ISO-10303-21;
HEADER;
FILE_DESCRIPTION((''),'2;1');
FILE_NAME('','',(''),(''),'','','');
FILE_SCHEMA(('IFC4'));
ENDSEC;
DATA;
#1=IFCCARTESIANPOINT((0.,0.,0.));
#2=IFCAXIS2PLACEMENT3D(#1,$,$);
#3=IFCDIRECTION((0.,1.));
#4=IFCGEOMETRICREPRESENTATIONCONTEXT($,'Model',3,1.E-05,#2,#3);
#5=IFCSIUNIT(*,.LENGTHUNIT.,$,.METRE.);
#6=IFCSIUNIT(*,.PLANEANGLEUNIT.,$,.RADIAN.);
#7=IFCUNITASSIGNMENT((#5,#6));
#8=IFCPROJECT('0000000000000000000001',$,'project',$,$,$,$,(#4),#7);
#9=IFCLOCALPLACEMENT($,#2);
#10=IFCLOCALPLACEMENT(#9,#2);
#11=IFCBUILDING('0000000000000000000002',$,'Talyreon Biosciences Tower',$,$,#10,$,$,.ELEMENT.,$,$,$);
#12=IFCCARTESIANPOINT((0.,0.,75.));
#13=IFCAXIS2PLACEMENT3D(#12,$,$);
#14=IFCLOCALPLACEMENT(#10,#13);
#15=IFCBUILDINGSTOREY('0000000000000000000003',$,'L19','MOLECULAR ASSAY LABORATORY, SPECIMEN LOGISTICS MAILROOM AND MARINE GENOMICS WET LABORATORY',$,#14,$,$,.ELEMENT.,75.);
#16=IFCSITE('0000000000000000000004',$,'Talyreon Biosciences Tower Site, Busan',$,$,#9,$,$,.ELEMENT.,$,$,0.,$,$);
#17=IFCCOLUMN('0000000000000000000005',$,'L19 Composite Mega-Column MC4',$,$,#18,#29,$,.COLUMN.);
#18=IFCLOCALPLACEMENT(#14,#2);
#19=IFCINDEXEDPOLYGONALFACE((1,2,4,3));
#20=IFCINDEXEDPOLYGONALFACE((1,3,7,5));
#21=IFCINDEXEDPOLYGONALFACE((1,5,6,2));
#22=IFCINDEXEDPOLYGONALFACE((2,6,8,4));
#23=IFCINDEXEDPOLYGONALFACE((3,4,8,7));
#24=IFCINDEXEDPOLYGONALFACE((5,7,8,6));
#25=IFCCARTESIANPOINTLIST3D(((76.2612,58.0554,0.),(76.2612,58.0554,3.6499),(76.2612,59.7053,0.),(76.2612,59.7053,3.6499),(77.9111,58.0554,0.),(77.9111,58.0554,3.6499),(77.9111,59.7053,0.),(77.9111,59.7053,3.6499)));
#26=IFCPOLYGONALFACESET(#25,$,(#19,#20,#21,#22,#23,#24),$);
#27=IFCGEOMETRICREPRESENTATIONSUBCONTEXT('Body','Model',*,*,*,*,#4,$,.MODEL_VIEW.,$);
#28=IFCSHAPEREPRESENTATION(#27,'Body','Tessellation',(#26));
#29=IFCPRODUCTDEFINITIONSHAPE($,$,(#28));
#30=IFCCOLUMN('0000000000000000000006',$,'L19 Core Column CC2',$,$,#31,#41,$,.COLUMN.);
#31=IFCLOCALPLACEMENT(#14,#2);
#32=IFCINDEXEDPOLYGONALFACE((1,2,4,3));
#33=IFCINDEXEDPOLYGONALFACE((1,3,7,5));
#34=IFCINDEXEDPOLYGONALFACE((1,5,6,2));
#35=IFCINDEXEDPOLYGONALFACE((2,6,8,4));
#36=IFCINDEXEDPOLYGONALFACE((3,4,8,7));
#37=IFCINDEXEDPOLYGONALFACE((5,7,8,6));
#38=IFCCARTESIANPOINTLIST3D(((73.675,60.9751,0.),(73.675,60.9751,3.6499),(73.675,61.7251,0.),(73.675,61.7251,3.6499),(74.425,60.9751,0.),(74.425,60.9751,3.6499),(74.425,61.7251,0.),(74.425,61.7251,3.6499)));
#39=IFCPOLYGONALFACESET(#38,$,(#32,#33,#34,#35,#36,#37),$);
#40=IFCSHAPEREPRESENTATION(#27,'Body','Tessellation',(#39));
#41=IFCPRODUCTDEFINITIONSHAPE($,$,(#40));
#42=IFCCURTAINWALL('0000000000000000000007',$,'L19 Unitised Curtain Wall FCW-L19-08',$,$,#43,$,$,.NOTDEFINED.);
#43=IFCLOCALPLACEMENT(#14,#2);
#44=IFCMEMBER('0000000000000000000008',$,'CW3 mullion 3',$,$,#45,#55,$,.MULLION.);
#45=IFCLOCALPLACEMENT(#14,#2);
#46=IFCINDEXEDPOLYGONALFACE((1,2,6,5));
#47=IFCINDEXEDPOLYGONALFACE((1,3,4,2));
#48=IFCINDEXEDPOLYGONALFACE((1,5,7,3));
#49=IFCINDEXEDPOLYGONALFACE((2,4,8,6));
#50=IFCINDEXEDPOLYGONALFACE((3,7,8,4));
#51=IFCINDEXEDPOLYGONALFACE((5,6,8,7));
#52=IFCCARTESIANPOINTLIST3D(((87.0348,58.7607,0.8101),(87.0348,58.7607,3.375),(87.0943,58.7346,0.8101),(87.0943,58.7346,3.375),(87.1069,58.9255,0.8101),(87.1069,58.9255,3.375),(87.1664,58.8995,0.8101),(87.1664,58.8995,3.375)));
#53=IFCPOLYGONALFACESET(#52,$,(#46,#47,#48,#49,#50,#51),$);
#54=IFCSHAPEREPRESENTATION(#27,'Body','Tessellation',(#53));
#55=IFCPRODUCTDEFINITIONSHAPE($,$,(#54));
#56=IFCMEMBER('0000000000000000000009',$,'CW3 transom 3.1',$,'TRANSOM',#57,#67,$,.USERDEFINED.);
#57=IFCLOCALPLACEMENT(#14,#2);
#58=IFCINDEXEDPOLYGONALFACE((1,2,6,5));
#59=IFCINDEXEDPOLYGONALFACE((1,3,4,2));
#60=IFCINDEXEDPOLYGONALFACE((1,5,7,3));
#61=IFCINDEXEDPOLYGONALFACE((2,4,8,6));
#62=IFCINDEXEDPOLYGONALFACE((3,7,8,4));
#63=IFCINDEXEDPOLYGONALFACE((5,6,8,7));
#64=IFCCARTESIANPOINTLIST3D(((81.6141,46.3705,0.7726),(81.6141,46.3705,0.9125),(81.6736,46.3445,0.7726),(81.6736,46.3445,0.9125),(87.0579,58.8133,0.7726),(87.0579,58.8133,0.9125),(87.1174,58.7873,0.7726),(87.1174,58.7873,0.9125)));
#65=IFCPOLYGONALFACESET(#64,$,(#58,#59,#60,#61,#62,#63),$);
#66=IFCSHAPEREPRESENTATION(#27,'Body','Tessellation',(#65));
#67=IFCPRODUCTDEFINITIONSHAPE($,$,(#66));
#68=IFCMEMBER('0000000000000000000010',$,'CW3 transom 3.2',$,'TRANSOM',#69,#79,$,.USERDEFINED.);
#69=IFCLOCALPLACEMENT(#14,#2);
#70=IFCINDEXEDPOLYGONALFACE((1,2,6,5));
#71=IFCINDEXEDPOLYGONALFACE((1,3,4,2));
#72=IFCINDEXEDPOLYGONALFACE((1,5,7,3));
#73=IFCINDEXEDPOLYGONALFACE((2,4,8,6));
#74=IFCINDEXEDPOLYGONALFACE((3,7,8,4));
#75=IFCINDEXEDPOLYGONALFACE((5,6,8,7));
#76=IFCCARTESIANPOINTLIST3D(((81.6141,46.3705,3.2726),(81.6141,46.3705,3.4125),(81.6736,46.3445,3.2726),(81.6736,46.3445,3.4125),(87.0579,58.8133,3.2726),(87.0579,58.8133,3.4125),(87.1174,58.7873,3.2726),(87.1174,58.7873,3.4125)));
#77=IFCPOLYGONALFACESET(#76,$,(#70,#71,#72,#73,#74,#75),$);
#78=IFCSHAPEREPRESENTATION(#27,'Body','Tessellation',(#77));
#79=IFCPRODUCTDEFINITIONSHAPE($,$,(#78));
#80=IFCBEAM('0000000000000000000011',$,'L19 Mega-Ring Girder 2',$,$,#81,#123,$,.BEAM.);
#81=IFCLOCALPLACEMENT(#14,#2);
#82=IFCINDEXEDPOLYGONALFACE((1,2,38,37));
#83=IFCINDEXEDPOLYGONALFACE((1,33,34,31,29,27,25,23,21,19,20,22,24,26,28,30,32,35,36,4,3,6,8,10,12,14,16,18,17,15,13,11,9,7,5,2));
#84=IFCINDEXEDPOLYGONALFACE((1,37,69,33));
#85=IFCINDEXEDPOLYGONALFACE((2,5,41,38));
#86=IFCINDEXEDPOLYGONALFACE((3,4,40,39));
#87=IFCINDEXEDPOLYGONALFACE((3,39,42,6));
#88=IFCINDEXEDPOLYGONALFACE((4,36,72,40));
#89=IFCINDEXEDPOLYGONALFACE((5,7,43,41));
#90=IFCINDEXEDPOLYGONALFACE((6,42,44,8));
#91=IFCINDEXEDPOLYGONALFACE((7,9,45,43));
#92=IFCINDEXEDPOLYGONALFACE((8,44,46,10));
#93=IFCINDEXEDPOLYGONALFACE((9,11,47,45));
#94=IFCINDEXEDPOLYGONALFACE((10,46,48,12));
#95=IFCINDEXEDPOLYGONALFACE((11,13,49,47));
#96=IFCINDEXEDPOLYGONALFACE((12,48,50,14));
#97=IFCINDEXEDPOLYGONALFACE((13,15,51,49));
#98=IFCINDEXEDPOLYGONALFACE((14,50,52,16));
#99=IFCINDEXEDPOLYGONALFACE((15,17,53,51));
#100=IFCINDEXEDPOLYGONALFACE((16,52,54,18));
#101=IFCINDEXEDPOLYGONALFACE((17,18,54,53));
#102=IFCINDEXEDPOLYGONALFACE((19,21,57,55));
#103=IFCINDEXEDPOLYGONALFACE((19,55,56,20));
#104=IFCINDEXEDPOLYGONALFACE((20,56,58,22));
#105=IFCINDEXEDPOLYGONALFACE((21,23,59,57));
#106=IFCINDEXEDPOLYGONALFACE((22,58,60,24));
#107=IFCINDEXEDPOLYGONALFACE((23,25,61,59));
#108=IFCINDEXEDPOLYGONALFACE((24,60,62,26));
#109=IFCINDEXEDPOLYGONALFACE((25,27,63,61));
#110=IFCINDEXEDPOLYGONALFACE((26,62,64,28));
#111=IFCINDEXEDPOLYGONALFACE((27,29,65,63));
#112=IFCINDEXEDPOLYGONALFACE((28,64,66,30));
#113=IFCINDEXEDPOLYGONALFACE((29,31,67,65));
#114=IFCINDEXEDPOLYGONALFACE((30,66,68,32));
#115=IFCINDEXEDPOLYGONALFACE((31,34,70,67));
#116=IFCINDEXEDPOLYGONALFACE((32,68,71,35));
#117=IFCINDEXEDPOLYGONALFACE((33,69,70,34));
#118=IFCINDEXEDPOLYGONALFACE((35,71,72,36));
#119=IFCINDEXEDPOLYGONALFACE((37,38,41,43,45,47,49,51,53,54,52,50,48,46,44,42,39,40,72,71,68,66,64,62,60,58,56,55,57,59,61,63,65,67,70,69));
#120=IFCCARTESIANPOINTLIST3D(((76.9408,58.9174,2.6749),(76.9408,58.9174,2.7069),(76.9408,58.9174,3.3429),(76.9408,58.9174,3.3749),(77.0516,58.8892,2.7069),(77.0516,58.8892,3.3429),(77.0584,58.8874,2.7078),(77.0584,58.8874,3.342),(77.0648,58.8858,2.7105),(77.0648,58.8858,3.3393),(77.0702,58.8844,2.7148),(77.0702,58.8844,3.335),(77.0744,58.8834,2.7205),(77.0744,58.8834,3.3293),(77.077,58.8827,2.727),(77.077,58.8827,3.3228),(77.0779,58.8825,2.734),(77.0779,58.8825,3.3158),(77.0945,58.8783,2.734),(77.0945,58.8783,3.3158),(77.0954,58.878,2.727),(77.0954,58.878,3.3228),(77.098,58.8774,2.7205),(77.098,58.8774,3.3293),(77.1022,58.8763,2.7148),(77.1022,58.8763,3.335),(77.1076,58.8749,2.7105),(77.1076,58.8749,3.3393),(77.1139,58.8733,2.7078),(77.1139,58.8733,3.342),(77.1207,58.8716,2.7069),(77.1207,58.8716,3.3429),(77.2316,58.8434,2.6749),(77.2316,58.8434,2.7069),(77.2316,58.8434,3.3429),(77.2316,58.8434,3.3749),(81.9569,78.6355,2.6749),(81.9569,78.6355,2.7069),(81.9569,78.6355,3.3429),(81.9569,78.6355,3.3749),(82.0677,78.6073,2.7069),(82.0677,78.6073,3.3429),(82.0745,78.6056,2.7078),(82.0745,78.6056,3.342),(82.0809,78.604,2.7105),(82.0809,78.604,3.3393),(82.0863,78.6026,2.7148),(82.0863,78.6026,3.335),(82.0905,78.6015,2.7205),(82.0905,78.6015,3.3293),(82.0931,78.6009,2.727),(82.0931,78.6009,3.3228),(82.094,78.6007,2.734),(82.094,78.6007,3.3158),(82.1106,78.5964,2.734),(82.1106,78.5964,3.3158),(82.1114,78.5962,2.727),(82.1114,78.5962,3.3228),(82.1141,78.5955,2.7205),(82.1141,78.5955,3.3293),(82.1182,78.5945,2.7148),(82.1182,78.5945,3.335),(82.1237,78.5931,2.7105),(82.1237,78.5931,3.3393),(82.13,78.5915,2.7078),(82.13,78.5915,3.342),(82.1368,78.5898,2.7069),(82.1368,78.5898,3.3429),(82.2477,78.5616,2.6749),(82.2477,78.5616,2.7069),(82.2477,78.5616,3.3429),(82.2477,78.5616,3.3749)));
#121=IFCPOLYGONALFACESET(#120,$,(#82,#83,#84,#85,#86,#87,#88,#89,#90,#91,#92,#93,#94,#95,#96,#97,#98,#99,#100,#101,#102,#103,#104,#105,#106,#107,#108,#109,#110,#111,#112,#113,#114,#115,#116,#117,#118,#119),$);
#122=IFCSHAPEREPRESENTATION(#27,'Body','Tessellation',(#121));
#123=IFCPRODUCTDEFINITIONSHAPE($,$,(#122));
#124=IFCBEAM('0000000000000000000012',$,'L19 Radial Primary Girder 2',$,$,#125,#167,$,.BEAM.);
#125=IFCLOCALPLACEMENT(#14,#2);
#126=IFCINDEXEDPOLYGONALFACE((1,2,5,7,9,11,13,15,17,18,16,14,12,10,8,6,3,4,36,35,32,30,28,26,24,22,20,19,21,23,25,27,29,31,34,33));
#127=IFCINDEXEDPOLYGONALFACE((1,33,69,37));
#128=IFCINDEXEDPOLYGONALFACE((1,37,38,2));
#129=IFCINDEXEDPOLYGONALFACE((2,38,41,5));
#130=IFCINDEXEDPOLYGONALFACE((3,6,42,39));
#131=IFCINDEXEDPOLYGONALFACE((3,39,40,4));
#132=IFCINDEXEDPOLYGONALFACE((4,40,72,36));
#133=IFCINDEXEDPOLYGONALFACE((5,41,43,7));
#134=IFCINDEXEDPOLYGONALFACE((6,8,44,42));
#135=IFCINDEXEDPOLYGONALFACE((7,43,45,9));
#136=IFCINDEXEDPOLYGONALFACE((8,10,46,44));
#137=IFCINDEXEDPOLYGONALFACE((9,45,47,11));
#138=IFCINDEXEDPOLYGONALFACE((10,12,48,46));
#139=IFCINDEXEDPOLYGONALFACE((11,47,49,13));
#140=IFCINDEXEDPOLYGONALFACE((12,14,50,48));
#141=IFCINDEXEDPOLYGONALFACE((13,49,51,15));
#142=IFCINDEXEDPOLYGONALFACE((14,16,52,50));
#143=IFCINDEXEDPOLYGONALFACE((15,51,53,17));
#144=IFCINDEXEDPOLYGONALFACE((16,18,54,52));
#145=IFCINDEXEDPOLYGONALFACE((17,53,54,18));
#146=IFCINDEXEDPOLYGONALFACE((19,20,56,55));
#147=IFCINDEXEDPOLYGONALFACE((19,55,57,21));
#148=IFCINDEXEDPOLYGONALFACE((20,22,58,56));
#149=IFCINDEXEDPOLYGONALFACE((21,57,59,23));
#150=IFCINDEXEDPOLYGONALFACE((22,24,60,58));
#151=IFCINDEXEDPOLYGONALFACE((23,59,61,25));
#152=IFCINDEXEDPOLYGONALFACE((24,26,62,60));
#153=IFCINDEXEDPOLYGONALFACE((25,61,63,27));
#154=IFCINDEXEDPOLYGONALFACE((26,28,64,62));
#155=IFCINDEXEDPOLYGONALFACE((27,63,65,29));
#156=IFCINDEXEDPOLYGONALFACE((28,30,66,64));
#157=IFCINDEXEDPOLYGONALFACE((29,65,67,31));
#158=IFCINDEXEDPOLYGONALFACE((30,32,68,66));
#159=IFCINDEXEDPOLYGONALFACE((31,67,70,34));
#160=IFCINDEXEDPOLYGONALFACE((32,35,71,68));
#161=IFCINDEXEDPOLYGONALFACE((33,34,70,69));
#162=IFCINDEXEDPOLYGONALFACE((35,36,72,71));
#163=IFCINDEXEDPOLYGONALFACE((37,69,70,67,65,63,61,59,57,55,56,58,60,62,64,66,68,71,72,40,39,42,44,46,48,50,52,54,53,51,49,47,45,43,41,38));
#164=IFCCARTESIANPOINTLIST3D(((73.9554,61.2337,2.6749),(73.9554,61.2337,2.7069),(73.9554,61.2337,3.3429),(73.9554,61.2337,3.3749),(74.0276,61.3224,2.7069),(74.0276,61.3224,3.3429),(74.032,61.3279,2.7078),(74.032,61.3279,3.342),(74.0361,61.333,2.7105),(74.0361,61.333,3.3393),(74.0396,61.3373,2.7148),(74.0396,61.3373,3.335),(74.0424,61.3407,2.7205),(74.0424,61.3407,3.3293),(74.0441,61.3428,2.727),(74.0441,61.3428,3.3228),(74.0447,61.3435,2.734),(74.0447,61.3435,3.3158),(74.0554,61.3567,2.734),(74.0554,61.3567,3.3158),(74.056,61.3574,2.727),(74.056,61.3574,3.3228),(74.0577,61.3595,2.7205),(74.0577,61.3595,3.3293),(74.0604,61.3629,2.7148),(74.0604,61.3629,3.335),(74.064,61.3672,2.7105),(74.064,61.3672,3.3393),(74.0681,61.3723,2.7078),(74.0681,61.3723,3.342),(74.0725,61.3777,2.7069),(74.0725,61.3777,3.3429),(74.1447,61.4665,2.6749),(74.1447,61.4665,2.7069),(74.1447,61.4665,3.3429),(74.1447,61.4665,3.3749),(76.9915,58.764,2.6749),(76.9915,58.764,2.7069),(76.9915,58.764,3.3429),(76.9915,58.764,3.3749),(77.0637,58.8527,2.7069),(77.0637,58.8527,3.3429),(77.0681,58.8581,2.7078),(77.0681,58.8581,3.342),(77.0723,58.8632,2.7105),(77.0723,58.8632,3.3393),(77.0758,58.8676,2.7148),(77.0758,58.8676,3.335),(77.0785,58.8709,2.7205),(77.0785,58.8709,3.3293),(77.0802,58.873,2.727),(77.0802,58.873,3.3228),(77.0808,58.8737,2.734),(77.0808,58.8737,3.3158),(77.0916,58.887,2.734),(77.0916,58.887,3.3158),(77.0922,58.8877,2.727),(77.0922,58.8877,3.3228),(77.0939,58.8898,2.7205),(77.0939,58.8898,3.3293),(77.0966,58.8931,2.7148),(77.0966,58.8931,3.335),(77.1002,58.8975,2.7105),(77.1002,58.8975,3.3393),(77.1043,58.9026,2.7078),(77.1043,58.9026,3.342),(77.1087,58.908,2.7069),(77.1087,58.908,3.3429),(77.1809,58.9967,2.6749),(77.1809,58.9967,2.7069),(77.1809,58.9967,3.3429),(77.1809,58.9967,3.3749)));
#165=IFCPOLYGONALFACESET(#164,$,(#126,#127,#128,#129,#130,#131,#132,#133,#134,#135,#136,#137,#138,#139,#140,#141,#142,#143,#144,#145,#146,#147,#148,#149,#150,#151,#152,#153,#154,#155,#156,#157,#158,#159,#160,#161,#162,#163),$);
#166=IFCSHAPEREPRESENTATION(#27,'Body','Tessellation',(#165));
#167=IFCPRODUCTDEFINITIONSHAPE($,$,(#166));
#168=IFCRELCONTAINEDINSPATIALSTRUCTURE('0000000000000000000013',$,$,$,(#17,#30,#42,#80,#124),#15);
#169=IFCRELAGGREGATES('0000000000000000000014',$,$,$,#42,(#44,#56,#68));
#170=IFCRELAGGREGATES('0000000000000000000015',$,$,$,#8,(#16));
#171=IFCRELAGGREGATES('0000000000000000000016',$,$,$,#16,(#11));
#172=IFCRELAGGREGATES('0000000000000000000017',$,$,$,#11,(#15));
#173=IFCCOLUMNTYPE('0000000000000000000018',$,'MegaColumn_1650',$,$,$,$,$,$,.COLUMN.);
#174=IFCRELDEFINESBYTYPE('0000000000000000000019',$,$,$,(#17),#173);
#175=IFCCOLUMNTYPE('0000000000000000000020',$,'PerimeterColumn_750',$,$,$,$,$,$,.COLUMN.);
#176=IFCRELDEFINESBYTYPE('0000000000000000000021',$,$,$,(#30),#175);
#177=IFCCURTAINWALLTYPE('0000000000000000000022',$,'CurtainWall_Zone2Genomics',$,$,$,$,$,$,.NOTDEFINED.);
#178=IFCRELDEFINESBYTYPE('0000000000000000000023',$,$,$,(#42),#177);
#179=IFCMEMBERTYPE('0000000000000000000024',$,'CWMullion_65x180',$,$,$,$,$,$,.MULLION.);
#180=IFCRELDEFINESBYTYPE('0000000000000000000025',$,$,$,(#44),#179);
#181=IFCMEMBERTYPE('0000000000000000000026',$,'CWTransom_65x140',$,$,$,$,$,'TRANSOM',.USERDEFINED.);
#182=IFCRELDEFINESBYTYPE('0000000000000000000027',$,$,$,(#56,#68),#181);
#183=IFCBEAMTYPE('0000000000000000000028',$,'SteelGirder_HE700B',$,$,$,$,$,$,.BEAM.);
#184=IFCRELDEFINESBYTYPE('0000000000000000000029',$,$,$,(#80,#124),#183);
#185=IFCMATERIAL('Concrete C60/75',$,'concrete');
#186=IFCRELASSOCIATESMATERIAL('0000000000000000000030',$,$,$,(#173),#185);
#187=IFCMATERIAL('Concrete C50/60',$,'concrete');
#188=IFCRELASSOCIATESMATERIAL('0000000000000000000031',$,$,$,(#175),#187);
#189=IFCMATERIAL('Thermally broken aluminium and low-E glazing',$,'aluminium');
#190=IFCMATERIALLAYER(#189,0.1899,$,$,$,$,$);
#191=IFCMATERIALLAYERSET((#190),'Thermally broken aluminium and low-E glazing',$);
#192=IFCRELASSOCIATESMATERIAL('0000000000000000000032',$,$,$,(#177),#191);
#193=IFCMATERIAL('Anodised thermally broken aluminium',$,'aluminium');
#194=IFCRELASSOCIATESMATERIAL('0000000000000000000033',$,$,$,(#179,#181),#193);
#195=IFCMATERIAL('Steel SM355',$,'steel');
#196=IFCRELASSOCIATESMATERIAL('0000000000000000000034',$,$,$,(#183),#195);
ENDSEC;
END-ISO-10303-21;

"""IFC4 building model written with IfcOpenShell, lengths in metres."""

from ifc_helpers import new_model, si_unit, direction, frame, origin, origin_2d, place, context, subcontext, project, spatial, rectangle, i_section, extrude, material, layer, layer_set, material_profile, profile_set, type_object, element, aggregate, save


model = new_model("IFC4")

# Units and contexts
model_context = context("Model", 3, precision=1e-05, world=origin(), true_north=direction((0.0, 1.0)))
body_context = subcontext(model_context, "Body", "Model", "MODEL_VIEW")
ifc_project = project(units=[si_unit("LENGTHUNIT", "METRE"), si_unit("PLANEANGLEUNIT", "RADIAN")], contexts=[model_context])

# Site, building, storey
site_placement = place(None, origin())
site = spatial("IfcSite", under=ifc_project, at=site_placement, Name="Talyreon Biosciences Tower Site, Busan", CompositionType="ELEMENT", RefElevation=0.0)
building_placement = place(site_placement, origin())
building = spatial("IfcBuilding", under=site, at=building_placement, Name="Talyreon Biosciences Tower", CompositionType="ELEMENT")
storey_placement = place(building_placement, frame((0.0, 0.0, 75.0)))
storey = spatial("IfcBuildingStorey", under=building, at=storey_placement, Name="L19", Description="MOLECULAR ASSAY LABORATORY, SPECIMEN LOGISTICS MAILROOM AND MARINE GENOMICS WET LABORATORY", CompositionType="ELEMENT", Elevation=75.0)

# Columns
ifc_material_1 = material(Name="Concrete C60/75", Category="concrete")
ifc_material_profile_1 = material_profile(ifc_material_1, rectangle(XDim=1.6499, YDim=1.6499, at=origin_2d()), Name="RC 1650x1650")
ifc_profile_set_1 = profile_set([ifc_material_profile_1], Name="Concrete C60/75")
column_type_1 = type_object("IfcColumnType", Name="MegaColumn_1650", PredefinedType="COLUMN", material=ifc_profile_set_1)
column_1_placement = place(storey_placement, frame((77.0862, 58.8804, 0.0), z_axis=(0.0, 0.0, 1.0), x_axis=(1.0, 0.0, 0.0)))
element("IfcColumn", 1, at=column_1_placement, inside=storey, type_object=column_type_1, Name="L19 Composite Mega-Column MC4", PredefinedType="COLUMN", context=body_context, shape_type="SweptSolid", body=[
    extrude(rectangle(XDim=1.6499, YDim=1.6499, at=origin_2d()), origin(), (0.0, 0.0, 1.0), 3.6499),
])
ifc_material_2 = material(Name="Concrete C50/60", Category="concrete")
ifc_material_profile_2 = material_profile(ifc_material_2, rectangle(XDim=0.75, YDim=0.75, at=origin_2d()), Name="RC 750x750")
ifc_profile_set_2 = profile_set([ifc_material_profile_2], Name="Concrete C50/60")
column_type_2 = type_object("IfcColumnType", Name="PerimeterColumn_750", PredefinedType="COLUMN", material=ifc_profile_set_2)
column_2_placement = place(storey_placement, frame((74.05, 61.3501, 0.0), z_axis=(0.0, 0.0, 1.0), x_axis=(1.0, 0.0, 0.0)))
element("IfcColumn", 2, at=column_2_placement, inside=storey, type_object=column_type_2, Name="L19 Core Column CC2", PredefinedType="COLUMN", context=body_context, shape_type="SweptSolid", body=[
    extrude(rectangle(XDim=0.75, YDim=0.75, at=origin_2d()), origin(), (0.0, 0.0, 1.0), 3.6499),
])

# Curtain wall, members
ifc_material_3 = material(Name="Thermally broken aluminium and low-E glazing", Category="aluminium")
ifc_layer_1 = layer(ifc_material_3, 0.1899)
ifc_layer_set_1 = layer_set([ifc_layer_1], Name="Thermally broken aluminium and low-E glazing")
curtain_wall_type = type_object("IfcCurtainWallType", Name="CurtainWall_Zone2Genomics", PredefinedType="NOTDEFINED", material=ifc_layer_set_1)
curtain_wall_placement = place(storey_placement, origin())
curtain_wall = element("IfcCurtainWall", 3, at=curtain_wall_placement, inside=storey, type_object=curtain_wall_type, Name="L19 Unitised Curtain Wall FCW-L19-08", PredefinedType="NOTDEFINED")
ifc_material_4 = material(Name="Anodised thermally broken aluminium", Category="aluminium")
ifc_material_profile_3 = material_profile(ifc_material_4, rectangle(XDim=0.0649, YDim=0.1799, at=origin_2d()), Name="ALUM MULLION 65x180")
ifc_profile_set_3 = profile_set([ifc_material_profile_3], Name="Anodised thermally broken aluminium")
member_type_1 = type_object("IfcMemberType", Name="CWMullion_65x180", PredefinedType="MULLION", material=ifc_profile_set_3)
member_1_placement = place(storey_placement, frame((87.1006, 58.8301, 0.8101), z_axis=(0.0, 0.0, 1.0), x_axis=(0.916152, -0.400831, 0.0)))
member_1 = element("IfcMember", 4, at=member_1_placement, type_object=member_type_1, Name="CW3 mullion 3", PredefinedType="MULLION", context=body_context, shape_type="SweptSolid", body=[
    extrude(rectangle(XDim=0.0649, YDim=0.1799, at=origin_2d()), origin(), (0.0, 0.0, 1.0), 2.5649),
])
ifc_material_profile_4 = material_profile(ifc_material_4, rectangle(XDim=0.0649, YDim=0.1399, at=origin_2d()), Name="ALUM TRANSOM 65x140")
ifc_profile_set_4 = profile_set([ifc_material_profile_4], Name="Anodised thermally broken aluminium")
member_type_2 = type_object("IfcMemberType", Name="CWTransom_65x140", ElementType="TRANSOM", PredefinedType="USERDEFINED", material=ifc_profile_set_4)
member_2_placement = place(storey_placement, frame((87.0876, 58.8003, 0.8425), z_axis=(-0.400824, -0.916155, 0.0), x_axis=(0.916155, -0.400824, 0.0)))
member_2 = element("IfcMember", 5, at=member_2_placement, type_object=member_type_2, Name="CW3 transom 3.1", ObjectType="TRANSOM", PredefinedType="USERDEFINED", context=body_context, shape_type="SweptSolid", body=[
    extrude(rectangle(XDim=0.0649, YDim=0.1399, at=origin_2d()), origin(), (0.0, 0.0, 1.0), 13.5815),
])
member_3_placement = place(storey_placement, frame((87.0876, 58.8003, 3.3425), z_axis=(-0.400824, -0.916155, 0.0), x_axis=(0.916155, -0.400824, 0.0)))
member_3 = element("IfcMember", 6, at=member_3_placement, type_object=member_type_2, Name="CW3 transom 3.2", ObjectType="TRANSOM", PredefinedType="USERDEFINED", context=body_context, shape_type="SweptSolid", body=[
    extrude(rectangle(XDim=0.0649, YDim=0.1399, at=origin_2d()), origin(), (0.0, 0.0, 1.0), 13.5815),
])

# Beams
ifc_material_5 = material(Name="Steel SM355", Category="steel")
ifc_material_profile_5 = material_profile(ifc_material_5, i_section(OverallWidth=0.3, OverallDepth=0.7, WebThickness=0.0171, FlangeThickness=0.032, FilletRadius=0.0271, at=origin_2d()), Name="HE700B")
ifc_profile_set_5 = profile_set([ifc_material_profile_5], Name="Steel SM355")
beam_type_1 = type_object("IfcBeamType", Name="SteelGirder_HE700B", PredefinedType="BEAM", material=ifc_profile_set_5)
beam_1_placement = place(storey_placement, frame((77.0862, 58.8804, 3.0249), z_axis=(0.246537, 0.969133, 0.0), x_axis=(-0.969133, 0.246537, 0.0)))
element("IfcBeam", 7, at=beam_1_placement, inside=storey, type_object=beam_type_1, Name="L19 Mega-Ring Girder 2", PredefinedType="BEAM", context=body_context, shape_type="SweptSolid", body=[
    extrude(i_section(OverallWidth=0.3, OverallDepth=0.7, WebThickness=0.0171, FlangeThickness=0.032, FilletRadius=0.0271, at=origin_2d()), origin(), (0.0, 0.0, 1.0), 20.3462),
])
beam_2_placement = place(storey_placement, frame((74.05, 61.3501, 3.0249), z_axis=(0.775755, -0.631034, 0.0), x_axis=(0.631034, 0.775755, 0.0)))
element("IfcBeam", 8, at=beam_2_placement, inside=storey, type_object=beam_type_1, Name="L19 Radial Primary Girder 2", PredefinedType="BEAM", context=body_context, shape_type="SweptSolid", body=[
    extrude(i_section(OverallWidth=0.3, OverallDepth=0.7, WebThickness=0.0171, FlangeThickness=0.032, FilletRadius=0.0271, at=origin_2d()), origin(), (0.0, 0.0, 1.0), 3.9138),
])

aggregate(curtain_wall, [member_1, member_2, member_3])

save(model, "model.ifc")
